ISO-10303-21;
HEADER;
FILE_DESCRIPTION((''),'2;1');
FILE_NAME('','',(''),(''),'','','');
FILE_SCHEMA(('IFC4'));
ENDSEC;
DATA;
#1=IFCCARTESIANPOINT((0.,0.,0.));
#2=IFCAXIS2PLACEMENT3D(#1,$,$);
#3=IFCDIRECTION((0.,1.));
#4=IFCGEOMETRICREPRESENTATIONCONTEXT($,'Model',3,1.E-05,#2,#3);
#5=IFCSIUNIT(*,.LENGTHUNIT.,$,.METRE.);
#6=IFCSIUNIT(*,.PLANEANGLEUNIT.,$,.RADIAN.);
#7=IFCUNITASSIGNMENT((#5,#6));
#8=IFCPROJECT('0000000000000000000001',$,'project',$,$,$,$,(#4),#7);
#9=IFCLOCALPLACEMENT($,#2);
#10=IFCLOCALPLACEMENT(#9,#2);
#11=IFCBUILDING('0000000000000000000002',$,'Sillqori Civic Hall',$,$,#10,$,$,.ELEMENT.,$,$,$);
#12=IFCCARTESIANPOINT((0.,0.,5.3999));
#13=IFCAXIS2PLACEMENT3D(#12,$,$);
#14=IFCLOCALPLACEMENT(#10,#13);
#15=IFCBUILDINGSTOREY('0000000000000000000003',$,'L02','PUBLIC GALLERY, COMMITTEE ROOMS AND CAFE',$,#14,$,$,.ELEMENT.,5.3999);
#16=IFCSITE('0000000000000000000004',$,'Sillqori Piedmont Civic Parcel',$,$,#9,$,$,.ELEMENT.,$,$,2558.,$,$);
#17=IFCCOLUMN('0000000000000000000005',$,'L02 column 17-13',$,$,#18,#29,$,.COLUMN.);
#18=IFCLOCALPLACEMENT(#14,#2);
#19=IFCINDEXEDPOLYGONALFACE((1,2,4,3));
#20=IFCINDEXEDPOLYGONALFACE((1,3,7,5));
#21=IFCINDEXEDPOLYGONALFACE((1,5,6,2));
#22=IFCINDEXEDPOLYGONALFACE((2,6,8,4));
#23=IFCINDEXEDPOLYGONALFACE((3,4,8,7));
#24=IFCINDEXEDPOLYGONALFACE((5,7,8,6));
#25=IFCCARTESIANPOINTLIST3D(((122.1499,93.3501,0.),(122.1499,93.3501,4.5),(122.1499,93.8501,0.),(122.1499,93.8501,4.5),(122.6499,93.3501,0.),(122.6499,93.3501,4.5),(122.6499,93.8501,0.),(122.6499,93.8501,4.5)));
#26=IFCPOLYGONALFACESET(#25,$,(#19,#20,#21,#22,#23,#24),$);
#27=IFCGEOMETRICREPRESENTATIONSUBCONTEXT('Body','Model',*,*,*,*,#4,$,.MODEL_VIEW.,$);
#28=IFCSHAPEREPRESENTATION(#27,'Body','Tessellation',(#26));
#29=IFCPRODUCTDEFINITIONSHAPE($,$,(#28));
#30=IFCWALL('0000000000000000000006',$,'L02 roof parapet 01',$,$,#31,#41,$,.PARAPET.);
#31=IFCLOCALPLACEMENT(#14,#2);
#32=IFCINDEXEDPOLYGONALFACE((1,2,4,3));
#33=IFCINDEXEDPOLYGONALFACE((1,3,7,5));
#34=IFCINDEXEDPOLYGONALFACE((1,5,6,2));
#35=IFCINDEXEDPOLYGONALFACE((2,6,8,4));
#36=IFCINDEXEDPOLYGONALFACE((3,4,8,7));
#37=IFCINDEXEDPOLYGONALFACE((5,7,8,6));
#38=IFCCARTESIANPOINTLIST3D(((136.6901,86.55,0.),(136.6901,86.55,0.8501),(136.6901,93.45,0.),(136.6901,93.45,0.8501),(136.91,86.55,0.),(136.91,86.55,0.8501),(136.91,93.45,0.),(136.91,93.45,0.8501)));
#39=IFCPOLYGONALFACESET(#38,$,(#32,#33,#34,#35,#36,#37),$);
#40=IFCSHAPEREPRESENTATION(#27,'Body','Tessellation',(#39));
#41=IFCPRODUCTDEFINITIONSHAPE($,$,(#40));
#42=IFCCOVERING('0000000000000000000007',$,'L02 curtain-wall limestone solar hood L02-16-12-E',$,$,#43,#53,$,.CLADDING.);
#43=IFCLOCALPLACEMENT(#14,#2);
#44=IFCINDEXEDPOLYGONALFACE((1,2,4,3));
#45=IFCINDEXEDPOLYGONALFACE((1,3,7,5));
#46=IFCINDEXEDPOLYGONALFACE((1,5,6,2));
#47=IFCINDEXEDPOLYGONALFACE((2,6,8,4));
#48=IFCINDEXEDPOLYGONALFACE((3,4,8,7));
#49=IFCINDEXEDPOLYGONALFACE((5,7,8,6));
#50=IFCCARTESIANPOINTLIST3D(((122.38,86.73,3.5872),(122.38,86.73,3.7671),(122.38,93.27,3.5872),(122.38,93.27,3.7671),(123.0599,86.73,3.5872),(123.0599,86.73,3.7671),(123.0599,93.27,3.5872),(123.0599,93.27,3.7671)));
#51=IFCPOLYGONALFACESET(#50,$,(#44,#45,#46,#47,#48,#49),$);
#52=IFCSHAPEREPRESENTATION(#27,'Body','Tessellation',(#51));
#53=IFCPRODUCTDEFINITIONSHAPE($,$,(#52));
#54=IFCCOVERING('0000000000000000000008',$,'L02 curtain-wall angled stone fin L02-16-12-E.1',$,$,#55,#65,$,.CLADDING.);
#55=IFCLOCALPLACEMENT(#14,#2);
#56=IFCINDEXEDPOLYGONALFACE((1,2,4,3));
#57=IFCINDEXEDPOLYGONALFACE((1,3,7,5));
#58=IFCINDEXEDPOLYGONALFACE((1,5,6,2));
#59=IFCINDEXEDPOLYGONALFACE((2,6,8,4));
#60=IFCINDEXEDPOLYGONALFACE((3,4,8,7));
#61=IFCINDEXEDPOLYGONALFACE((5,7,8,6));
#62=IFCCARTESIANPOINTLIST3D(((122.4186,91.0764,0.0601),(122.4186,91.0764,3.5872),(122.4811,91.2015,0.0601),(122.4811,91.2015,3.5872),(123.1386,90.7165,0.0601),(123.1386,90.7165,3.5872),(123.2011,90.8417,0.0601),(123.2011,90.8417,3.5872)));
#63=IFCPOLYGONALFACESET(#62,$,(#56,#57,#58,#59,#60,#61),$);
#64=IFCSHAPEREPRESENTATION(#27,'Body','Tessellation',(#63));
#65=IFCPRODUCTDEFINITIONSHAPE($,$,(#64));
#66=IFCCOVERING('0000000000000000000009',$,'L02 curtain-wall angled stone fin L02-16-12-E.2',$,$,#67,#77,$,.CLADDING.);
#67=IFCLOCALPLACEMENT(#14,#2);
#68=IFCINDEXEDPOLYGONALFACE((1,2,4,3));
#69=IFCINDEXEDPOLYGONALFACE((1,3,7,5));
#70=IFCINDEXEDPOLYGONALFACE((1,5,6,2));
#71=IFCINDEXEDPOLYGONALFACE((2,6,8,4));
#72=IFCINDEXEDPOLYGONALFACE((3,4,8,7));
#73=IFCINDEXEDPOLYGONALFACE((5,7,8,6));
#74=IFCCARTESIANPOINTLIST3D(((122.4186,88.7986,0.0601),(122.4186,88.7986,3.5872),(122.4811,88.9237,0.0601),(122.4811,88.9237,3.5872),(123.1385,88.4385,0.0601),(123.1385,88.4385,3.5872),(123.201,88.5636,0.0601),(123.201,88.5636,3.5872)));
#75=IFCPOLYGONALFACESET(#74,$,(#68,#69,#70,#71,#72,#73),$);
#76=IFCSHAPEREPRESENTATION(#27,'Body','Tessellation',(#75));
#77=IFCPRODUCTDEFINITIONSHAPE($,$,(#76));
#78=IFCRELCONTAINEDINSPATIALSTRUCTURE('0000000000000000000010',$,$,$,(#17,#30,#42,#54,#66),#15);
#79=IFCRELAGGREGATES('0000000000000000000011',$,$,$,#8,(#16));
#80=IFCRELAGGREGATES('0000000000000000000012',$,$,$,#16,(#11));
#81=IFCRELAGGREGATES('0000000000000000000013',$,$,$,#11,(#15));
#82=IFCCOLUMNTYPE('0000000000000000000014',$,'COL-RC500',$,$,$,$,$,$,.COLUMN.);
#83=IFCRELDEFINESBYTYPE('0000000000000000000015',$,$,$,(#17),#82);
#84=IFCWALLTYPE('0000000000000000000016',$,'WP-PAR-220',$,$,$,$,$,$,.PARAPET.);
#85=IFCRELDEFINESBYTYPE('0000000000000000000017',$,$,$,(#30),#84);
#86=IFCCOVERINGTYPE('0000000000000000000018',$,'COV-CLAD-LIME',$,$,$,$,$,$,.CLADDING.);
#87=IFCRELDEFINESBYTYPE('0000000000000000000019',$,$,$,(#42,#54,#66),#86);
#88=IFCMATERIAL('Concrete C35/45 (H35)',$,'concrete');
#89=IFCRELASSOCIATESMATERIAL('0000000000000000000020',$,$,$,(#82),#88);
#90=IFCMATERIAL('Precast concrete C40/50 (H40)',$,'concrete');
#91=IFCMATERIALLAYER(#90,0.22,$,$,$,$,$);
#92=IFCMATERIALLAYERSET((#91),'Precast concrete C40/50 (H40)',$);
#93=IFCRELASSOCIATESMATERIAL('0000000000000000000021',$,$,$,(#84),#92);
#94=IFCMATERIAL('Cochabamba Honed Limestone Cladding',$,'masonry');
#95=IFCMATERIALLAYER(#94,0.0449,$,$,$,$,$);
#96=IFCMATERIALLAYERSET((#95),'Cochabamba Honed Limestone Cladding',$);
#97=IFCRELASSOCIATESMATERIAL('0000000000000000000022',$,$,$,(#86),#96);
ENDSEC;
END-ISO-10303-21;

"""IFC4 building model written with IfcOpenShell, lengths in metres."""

from ifc_helpers import new_model, si_unit, direction, frame, frame_2d, origin, origin_2d, place, context, subcontext, project, spatial, rectangle, extrude, material, layer, layer_set, material_profile, profile_set, type_object, element, save


model = new_model("IFC4")

# Units and contexts
model_context = context("Model", 3, precision=1e-05, world=origin(), true_north=direction((0.0, 1.0)))
body_context = subcontext(model_context, "Body", "Model", "MODEL_VIEW")
ifc_project = project(units=[si_unit("LENGTHUNIT", "METRE"), si_unit("PLANEANGLEUNIT", "RADIAN")], contexts=[model_context])

# Site, building, storey
site_placement = place(None, origin())
site = spatial("IfcSite", under=ifc_project, at=site_placement, Name="Sillqori Piedmont Civic Parcel", CompositionType="ELEMENT", RefElevation=2558.0)
building_placement = place(site_placement, origin())
building = spatial("IfcBuilding", under=site, at=building_placement, Name="Sillqori Civic Hall", CompositionType="ELEMENT")
storey_placement = place(building_placement, frame((0.0, 0.0, 5.3999)))
storey = spatial("IfcBuildingStorey", under=building, at=storey_placement, Name="L02", Description="PUBLIC GALLERY, COMMITTEE ROOMS AND CAFE", CompositionType="ELEMENT", Elevation=5.3999)

# Column
ifc_material_1 = material(Name="Concrete C35/45 (H35)", Category="concrete")
ifc_material_profile = material_profile(ifc_material_1, rectangle(XDim=0.5, YDim=0.5, at=origin_2d()), Name="RC 500x500")
ifc_profile_set = profile_set([ifc_material_profile], Name="Concrete C35/45 (H35)")
column_type = type_object("IfcColumnType", Name="COL-RC500", PredefinedType="COLUMN", material=ifc_profile_set)
column_placement = place(storey_placement, frame((122.3999, 93.6001, 0.0), z_axis=(0.0, 0.0, 1.0), x_axis=(1.0, 0.0, 0.0)))
element("IfcColumn", 1, at=column_placement, inside=storey, type_object=column_type, Name="L02 column 17-13", PredefinedType="COLUMN", context=body_context, shape_type="SweptSolid", body=[
    extrude(rectangle(XDim=0.5, YDim=0.5, at=origin_2d()), origin(), (0.0, 0.0, 1.0), 4.5),
])

# Wall
ifc_material_2 = material(Name="Precast concrete C40/50 (H40)", Category="concrete")
ifc_layer_1 = layer(ifc_material_2, 0.22)
ifc_layer_set_1 = layer_set([ifc_layer_1], Name="Precast concrete C40/50 (H40)")
wall_type = type_object("IfcWallType", Name="WP-PAR-220", PredefinedType="PARAPET", material=ifc_layer_set_1)
wall_placement = place(storey_placement, frame((136.8, 93.45, 0.0), z_axis=(0.0, 0.0, 1.0), x_axis=(0.0, -1.0, 0.0)))
element("IfcWall", 2, at=wall_placement, inside=storey, type_object=wall_type, Name="L02 roof parapet 01", PredefinedType="PARAPET", context=body_context, shape_type="SweptSolid", body=[
    extrude(rectangle(XDim=6.8999, YDim=0.22, at=frame_2d((3.45, 0.0))), origin(), (0.0, 0.0, 1.0), 0.8501),
])

# Coverings
ifc_material_3 = material(Name="Cochabamba Honed Limestone Cladding", Category="masonry")
ifc_layer_2 = layer(ifc_material_3, 0.0449)
ifc_layer_set_2 = layer_set([ifc_layer_2], Name="Cochabamba Honed Limestone Cladding")
covering_type = type_object("IfcCoveringType", Name="COV-CLAD-LIME", PredefinedType="CLADDING", material=ifc_layer_set_2)
covering_placement = place(storey_placement, frame((122.72, 93.27, 3.5872), z_axis=(0.0, 0.0, 1.0), x_axis=(0.0, -1.0, 0.0)))
element("IfcCovering", 3, at=covering_placement, inside=storey, type_object=covering_type, Name="L02 curtain-wall limestone solar hood L02-16-12-E", PredefinedType="CLADDING", context=body_context, shape_type="SweptSolid", body=[
    extrude(rectangle(XDim=6.54, YDim=0.6799, at=frame_2d((3.27, 0.0))), origin(), (0.0, 0.0, 1.0), 0.1799),
])
for number, where, z_axis, x_axis, name in (
    (4, (122.45, 91.1389, 0.0601), (0.0, 0.0, 1.0), (0.894488, -0.447092, 0.0), "L02 curtain-wall angled stone fin L02-16-12-E.1"),
    (5, (122.45, 88.8611, 0.0601), (0.0, 0.0, 1.0), (0.894367, -0.447335, 0.0), "L02 curtain-wall angled stone fin L02-16-12-E.2"),
):
    element("IfcCovering", number, at=place(storey_placement, frame(where, z_axis=z_axis, x_axis=x_axis)), inside=storey, type_object=covering_type, Name=name, PredefinedType="CLADDING", context=body_context, shape_type="SweptSolid", body=[
        extrude(rectangle(XDim=0.8049, YDim=0.1399, at=frame_2d((0.4023, 0.0))), origin(), (0.0, 0.0, 1.0), 3.5271),
    ])

save(model, "model.ifc")
